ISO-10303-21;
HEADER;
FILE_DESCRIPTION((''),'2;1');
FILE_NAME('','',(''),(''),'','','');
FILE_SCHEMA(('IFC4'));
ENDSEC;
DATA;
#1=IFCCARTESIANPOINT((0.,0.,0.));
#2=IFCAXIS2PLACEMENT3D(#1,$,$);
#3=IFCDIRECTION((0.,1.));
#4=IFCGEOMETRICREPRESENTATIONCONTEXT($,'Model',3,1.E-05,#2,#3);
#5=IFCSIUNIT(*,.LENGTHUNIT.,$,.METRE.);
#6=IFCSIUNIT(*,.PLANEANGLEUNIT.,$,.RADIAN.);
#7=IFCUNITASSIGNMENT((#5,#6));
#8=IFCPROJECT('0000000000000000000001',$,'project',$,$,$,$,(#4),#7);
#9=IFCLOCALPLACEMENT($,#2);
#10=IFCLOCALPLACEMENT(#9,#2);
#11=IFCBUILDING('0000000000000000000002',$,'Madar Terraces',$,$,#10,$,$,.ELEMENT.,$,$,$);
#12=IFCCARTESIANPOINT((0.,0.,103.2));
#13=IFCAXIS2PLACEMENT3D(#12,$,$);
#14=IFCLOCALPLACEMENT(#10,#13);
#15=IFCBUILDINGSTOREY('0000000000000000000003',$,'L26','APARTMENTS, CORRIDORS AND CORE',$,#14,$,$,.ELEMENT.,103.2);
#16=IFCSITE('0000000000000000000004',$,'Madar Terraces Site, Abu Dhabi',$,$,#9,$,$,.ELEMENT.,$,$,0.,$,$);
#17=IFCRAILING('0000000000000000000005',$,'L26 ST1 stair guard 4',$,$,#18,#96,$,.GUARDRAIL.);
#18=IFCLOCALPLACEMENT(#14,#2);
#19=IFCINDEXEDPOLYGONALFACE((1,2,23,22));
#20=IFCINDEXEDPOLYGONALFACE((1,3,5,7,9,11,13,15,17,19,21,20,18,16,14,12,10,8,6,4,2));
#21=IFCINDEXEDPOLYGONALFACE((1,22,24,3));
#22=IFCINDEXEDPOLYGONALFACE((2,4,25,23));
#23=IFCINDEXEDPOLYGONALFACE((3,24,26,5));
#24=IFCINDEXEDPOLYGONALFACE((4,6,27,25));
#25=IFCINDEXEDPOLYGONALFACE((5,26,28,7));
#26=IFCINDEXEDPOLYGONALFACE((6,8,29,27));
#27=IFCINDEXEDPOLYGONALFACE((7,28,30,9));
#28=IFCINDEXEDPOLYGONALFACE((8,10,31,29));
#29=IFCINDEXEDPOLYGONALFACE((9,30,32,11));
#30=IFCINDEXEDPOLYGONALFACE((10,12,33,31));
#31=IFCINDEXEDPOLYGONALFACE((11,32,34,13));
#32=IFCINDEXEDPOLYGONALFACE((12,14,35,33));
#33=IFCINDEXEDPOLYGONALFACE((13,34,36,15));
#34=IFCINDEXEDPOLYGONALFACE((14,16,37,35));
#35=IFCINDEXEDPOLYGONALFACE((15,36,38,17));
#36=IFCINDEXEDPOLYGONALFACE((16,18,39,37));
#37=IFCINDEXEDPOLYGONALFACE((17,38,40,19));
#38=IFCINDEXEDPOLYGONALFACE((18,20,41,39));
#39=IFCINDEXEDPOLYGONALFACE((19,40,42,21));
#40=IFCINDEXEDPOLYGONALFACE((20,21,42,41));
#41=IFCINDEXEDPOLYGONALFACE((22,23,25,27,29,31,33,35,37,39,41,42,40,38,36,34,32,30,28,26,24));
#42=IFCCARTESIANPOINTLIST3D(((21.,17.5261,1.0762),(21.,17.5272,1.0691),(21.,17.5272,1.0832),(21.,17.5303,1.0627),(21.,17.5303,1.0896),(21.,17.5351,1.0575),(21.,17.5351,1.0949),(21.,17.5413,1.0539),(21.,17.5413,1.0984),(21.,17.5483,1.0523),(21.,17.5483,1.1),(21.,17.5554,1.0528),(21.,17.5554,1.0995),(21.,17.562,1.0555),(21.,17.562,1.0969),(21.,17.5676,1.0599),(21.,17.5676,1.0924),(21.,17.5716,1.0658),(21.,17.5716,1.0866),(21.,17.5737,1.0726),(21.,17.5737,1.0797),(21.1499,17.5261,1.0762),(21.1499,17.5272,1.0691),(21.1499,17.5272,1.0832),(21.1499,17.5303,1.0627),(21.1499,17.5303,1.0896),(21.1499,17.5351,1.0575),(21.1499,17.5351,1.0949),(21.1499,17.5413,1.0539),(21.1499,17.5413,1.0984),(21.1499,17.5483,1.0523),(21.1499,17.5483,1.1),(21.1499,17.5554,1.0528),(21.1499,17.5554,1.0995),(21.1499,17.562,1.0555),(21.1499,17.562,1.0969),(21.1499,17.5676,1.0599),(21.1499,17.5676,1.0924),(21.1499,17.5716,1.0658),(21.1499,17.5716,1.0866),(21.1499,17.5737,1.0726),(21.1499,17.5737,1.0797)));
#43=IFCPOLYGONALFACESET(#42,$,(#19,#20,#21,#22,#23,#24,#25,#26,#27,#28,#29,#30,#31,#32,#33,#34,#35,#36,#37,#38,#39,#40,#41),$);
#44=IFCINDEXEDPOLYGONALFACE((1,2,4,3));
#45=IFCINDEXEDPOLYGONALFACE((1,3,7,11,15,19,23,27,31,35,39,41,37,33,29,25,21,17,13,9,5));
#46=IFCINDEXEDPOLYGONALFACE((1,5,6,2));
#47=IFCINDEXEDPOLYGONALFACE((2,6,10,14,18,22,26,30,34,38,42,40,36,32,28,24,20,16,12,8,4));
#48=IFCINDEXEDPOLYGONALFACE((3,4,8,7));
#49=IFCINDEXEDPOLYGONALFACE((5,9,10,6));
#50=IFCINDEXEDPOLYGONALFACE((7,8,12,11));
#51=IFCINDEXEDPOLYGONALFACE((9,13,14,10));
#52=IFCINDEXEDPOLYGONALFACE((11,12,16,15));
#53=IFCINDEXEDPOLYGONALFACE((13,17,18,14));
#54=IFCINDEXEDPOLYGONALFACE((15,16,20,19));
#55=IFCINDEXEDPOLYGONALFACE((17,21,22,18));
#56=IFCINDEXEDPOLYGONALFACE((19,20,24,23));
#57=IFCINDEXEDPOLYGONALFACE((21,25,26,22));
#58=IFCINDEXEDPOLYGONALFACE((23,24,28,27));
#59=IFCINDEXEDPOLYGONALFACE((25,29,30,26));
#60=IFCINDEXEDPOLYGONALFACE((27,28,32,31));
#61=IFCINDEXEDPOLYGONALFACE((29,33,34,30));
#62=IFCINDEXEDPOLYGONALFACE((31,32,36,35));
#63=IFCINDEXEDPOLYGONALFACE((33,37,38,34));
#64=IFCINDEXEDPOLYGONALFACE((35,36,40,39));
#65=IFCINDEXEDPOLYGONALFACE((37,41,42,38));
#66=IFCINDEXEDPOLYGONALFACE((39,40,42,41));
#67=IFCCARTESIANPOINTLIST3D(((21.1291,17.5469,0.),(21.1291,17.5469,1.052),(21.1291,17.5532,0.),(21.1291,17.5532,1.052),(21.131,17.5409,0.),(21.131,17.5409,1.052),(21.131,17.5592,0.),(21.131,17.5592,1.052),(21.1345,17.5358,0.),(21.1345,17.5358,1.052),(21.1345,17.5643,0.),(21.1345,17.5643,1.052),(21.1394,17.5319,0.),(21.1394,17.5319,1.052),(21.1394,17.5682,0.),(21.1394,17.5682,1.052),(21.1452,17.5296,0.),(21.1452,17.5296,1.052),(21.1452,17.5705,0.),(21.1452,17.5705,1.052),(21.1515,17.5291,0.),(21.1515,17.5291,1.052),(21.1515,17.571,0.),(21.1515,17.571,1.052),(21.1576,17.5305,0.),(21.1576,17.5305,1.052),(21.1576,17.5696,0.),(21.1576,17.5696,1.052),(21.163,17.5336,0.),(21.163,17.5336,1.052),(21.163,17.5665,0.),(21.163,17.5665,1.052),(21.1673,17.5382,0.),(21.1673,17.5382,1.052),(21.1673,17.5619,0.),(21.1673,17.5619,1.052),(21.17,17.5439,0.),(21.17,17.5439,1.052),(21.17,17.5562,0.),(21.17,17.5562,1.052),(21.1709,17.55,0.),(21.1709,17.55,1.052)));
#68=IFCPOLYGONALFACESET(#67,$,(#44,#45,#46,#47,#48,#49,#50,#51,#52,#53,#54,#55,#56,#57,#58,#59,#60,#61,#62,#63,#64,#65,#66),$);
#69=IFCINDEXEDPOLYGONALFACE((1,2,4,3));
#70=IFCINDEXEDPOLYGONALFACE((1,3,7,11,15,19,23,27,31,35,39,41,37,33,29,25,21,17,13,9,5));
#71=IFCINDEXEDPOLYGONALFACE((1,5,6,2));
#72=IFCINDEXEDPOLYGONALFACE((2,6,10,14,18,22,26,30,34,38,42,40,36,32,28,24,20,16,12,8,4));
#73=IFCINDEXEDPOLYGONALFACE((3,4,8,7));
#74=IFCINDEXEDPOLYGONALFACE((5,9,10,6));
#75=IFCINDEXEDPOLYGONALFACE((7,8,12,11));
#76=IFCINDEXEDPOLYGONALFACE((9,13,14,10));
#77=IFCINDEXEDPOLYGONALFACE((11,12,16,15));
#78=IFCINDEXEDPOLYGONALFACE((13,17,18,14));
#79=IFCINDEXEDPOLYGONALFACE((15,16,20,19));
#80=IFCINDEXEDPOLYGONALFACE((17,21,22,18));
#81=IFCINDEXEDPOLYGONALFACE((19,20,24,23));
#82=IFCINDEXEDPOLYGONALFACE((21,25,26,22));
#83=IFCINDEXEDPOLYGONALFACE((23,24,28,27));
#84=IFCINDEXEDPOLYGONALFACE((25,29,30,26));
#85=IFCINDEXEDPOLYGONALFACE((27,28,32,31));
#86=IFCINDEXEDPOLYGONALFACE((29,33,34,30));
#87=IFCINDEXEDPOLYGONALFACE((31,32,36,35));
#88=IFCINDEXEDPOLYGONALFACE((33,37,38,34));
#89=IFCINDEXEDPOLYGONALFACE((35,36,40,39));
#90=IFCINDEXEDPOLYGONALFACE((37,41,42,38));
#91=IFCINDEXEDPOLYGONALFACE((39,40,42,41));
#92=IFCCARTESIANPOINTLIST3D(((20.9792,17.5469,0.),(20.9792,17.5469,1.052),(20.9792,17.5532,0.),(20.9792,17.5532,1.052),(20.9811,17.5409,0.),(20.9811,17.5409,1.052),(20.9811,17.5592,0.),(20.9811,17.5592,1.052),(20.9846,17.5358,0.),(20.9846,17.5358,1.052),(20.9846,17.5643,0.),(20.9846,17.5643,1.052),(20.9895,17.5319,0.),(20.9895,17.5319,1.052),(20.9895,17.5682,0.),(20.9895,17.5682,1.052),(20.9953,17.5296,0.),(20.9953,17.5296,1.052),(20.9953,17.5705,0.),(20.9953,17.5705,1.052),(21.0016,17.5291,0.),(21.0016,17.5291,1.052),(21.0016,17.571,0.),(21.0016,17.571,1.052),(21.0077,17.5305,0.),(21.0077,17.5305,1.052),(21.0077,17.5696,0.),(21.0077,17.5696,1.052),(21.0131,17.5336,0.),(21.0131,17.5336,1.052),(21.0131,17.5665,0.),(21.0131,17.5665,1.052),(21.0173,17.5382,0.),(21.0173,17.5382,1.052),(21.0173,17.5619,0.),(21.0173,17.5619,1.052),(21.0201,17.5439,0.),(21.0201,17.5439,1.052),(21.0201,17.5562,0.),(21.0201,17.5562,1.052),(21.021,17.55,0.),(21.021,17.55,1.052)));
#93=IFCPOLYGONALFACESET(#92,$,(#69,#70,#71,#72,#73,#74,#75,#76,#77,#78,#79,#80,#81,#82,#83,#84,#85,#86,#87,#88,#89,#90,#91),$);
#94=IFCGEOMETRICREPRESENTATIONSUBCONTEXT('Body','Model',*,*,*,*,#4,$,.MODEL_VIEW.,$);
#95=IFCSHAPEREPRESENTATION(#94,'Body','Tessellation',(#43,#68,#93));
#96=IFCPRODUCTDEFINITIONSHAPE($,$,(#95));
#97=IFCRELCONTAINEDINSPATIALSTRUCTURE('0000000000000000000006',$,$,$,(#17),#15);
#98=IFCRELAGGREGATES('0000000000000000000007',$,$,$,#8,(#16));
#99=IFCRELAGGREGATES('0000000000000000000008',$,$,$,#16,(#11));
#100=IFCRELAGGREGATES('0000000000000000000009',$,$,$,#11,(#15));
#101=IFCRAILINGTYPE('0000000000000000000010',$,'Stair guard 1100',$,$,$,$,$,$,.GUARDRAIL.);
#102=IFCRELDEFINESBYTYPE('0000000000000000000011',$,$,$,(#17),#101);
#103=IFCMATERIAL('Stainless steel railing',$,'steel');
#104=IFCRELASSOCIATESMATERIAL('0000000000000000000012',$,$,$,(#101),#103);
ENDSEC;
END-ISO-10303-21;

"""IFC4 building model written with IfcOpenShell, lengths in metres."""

from ifc_helpers import new_model, si_unit, direction, frame, origin, origin_2d, place, context, subcontext, project, spatial, circle, extrude, material, type_object, element, save


model = new_model("IFC4")

# Units and contexts
model_context = context("Model", 3, precision=1e-05, world=origin(), true_north=direction((0.0, 1.0)))
body_context = subcontext(model_context, "Body", "Model", "MODEL_VIEW")
ifc_project = project(units=[si_unit("LENGTHUNIT", "METRE"), si_unit("PLANEANGLEUNIT", "RADIAN")], contexts=[model_context])

# Site, building, storey
site_placement = place(None, origin())
site = spatial("IfcSite", under=ifc_project, at=site_placement, Name="Madar Terraces Site, Abu Dhabi", CompositionType="ELEMENT", RefElevation=0.0)
building_placement = place(site_placement, origin())
building = spatial("IfcBuilding", under=site, at=building_placement, Name="Madar Terraces", CompositionType="ELEMENT")
storey_placement = place(building_placement, frame((0.0, 0.0, 103.2)))
storey = spatial("IfcBuildingStorey", under=building, at=storey_placement, Name="L26", Description="APARTMENTS, CORRIDORS AND CORE", CompositionType="ELEMENT", Elevation=103.2)

# Railing
ifc_material_1 = material(Name="Stainless steel railing", Category="steel")
railing_type_1 = type_object("IfcRailingType", Name="Stair guard 1100", PredefinedType="GUARDRAIL", material=ifc_material_1)
railing_1_placement = place(storey_placement, frame((21.1499, 17.55, 0.0)))
element("IfcRailing", 1, at=railing_1_placement, inside=storey, type_object=railing_type_1, Name="L26 ST1 stair guard 4", PredefinedType="GUARDRAIL", context=body_context, shape_type="SweptSolid", body=[
    extrude(circle(Radius=0.0239, at=origin_2d()), frame((0.0, 0.0, 1.0762), z_axis=(-1.0, 0.0, 0.0), x_axis=(0.0, -1.0, 0.0)), (0.0, 0.0, 1.0), 0.1499),
    extrude(circle(Radius=0.021, at=origin_2d()), origin(), (0.0, 0.0, 1.0), 1.052),
    extrude(circle(Radius=0.021, at=origin_2d()), frame((-0.1499, 0.0, 0.0)), (0.0, 0.0, 1.0), 1.052),
])

save(model, "model.ifc")
